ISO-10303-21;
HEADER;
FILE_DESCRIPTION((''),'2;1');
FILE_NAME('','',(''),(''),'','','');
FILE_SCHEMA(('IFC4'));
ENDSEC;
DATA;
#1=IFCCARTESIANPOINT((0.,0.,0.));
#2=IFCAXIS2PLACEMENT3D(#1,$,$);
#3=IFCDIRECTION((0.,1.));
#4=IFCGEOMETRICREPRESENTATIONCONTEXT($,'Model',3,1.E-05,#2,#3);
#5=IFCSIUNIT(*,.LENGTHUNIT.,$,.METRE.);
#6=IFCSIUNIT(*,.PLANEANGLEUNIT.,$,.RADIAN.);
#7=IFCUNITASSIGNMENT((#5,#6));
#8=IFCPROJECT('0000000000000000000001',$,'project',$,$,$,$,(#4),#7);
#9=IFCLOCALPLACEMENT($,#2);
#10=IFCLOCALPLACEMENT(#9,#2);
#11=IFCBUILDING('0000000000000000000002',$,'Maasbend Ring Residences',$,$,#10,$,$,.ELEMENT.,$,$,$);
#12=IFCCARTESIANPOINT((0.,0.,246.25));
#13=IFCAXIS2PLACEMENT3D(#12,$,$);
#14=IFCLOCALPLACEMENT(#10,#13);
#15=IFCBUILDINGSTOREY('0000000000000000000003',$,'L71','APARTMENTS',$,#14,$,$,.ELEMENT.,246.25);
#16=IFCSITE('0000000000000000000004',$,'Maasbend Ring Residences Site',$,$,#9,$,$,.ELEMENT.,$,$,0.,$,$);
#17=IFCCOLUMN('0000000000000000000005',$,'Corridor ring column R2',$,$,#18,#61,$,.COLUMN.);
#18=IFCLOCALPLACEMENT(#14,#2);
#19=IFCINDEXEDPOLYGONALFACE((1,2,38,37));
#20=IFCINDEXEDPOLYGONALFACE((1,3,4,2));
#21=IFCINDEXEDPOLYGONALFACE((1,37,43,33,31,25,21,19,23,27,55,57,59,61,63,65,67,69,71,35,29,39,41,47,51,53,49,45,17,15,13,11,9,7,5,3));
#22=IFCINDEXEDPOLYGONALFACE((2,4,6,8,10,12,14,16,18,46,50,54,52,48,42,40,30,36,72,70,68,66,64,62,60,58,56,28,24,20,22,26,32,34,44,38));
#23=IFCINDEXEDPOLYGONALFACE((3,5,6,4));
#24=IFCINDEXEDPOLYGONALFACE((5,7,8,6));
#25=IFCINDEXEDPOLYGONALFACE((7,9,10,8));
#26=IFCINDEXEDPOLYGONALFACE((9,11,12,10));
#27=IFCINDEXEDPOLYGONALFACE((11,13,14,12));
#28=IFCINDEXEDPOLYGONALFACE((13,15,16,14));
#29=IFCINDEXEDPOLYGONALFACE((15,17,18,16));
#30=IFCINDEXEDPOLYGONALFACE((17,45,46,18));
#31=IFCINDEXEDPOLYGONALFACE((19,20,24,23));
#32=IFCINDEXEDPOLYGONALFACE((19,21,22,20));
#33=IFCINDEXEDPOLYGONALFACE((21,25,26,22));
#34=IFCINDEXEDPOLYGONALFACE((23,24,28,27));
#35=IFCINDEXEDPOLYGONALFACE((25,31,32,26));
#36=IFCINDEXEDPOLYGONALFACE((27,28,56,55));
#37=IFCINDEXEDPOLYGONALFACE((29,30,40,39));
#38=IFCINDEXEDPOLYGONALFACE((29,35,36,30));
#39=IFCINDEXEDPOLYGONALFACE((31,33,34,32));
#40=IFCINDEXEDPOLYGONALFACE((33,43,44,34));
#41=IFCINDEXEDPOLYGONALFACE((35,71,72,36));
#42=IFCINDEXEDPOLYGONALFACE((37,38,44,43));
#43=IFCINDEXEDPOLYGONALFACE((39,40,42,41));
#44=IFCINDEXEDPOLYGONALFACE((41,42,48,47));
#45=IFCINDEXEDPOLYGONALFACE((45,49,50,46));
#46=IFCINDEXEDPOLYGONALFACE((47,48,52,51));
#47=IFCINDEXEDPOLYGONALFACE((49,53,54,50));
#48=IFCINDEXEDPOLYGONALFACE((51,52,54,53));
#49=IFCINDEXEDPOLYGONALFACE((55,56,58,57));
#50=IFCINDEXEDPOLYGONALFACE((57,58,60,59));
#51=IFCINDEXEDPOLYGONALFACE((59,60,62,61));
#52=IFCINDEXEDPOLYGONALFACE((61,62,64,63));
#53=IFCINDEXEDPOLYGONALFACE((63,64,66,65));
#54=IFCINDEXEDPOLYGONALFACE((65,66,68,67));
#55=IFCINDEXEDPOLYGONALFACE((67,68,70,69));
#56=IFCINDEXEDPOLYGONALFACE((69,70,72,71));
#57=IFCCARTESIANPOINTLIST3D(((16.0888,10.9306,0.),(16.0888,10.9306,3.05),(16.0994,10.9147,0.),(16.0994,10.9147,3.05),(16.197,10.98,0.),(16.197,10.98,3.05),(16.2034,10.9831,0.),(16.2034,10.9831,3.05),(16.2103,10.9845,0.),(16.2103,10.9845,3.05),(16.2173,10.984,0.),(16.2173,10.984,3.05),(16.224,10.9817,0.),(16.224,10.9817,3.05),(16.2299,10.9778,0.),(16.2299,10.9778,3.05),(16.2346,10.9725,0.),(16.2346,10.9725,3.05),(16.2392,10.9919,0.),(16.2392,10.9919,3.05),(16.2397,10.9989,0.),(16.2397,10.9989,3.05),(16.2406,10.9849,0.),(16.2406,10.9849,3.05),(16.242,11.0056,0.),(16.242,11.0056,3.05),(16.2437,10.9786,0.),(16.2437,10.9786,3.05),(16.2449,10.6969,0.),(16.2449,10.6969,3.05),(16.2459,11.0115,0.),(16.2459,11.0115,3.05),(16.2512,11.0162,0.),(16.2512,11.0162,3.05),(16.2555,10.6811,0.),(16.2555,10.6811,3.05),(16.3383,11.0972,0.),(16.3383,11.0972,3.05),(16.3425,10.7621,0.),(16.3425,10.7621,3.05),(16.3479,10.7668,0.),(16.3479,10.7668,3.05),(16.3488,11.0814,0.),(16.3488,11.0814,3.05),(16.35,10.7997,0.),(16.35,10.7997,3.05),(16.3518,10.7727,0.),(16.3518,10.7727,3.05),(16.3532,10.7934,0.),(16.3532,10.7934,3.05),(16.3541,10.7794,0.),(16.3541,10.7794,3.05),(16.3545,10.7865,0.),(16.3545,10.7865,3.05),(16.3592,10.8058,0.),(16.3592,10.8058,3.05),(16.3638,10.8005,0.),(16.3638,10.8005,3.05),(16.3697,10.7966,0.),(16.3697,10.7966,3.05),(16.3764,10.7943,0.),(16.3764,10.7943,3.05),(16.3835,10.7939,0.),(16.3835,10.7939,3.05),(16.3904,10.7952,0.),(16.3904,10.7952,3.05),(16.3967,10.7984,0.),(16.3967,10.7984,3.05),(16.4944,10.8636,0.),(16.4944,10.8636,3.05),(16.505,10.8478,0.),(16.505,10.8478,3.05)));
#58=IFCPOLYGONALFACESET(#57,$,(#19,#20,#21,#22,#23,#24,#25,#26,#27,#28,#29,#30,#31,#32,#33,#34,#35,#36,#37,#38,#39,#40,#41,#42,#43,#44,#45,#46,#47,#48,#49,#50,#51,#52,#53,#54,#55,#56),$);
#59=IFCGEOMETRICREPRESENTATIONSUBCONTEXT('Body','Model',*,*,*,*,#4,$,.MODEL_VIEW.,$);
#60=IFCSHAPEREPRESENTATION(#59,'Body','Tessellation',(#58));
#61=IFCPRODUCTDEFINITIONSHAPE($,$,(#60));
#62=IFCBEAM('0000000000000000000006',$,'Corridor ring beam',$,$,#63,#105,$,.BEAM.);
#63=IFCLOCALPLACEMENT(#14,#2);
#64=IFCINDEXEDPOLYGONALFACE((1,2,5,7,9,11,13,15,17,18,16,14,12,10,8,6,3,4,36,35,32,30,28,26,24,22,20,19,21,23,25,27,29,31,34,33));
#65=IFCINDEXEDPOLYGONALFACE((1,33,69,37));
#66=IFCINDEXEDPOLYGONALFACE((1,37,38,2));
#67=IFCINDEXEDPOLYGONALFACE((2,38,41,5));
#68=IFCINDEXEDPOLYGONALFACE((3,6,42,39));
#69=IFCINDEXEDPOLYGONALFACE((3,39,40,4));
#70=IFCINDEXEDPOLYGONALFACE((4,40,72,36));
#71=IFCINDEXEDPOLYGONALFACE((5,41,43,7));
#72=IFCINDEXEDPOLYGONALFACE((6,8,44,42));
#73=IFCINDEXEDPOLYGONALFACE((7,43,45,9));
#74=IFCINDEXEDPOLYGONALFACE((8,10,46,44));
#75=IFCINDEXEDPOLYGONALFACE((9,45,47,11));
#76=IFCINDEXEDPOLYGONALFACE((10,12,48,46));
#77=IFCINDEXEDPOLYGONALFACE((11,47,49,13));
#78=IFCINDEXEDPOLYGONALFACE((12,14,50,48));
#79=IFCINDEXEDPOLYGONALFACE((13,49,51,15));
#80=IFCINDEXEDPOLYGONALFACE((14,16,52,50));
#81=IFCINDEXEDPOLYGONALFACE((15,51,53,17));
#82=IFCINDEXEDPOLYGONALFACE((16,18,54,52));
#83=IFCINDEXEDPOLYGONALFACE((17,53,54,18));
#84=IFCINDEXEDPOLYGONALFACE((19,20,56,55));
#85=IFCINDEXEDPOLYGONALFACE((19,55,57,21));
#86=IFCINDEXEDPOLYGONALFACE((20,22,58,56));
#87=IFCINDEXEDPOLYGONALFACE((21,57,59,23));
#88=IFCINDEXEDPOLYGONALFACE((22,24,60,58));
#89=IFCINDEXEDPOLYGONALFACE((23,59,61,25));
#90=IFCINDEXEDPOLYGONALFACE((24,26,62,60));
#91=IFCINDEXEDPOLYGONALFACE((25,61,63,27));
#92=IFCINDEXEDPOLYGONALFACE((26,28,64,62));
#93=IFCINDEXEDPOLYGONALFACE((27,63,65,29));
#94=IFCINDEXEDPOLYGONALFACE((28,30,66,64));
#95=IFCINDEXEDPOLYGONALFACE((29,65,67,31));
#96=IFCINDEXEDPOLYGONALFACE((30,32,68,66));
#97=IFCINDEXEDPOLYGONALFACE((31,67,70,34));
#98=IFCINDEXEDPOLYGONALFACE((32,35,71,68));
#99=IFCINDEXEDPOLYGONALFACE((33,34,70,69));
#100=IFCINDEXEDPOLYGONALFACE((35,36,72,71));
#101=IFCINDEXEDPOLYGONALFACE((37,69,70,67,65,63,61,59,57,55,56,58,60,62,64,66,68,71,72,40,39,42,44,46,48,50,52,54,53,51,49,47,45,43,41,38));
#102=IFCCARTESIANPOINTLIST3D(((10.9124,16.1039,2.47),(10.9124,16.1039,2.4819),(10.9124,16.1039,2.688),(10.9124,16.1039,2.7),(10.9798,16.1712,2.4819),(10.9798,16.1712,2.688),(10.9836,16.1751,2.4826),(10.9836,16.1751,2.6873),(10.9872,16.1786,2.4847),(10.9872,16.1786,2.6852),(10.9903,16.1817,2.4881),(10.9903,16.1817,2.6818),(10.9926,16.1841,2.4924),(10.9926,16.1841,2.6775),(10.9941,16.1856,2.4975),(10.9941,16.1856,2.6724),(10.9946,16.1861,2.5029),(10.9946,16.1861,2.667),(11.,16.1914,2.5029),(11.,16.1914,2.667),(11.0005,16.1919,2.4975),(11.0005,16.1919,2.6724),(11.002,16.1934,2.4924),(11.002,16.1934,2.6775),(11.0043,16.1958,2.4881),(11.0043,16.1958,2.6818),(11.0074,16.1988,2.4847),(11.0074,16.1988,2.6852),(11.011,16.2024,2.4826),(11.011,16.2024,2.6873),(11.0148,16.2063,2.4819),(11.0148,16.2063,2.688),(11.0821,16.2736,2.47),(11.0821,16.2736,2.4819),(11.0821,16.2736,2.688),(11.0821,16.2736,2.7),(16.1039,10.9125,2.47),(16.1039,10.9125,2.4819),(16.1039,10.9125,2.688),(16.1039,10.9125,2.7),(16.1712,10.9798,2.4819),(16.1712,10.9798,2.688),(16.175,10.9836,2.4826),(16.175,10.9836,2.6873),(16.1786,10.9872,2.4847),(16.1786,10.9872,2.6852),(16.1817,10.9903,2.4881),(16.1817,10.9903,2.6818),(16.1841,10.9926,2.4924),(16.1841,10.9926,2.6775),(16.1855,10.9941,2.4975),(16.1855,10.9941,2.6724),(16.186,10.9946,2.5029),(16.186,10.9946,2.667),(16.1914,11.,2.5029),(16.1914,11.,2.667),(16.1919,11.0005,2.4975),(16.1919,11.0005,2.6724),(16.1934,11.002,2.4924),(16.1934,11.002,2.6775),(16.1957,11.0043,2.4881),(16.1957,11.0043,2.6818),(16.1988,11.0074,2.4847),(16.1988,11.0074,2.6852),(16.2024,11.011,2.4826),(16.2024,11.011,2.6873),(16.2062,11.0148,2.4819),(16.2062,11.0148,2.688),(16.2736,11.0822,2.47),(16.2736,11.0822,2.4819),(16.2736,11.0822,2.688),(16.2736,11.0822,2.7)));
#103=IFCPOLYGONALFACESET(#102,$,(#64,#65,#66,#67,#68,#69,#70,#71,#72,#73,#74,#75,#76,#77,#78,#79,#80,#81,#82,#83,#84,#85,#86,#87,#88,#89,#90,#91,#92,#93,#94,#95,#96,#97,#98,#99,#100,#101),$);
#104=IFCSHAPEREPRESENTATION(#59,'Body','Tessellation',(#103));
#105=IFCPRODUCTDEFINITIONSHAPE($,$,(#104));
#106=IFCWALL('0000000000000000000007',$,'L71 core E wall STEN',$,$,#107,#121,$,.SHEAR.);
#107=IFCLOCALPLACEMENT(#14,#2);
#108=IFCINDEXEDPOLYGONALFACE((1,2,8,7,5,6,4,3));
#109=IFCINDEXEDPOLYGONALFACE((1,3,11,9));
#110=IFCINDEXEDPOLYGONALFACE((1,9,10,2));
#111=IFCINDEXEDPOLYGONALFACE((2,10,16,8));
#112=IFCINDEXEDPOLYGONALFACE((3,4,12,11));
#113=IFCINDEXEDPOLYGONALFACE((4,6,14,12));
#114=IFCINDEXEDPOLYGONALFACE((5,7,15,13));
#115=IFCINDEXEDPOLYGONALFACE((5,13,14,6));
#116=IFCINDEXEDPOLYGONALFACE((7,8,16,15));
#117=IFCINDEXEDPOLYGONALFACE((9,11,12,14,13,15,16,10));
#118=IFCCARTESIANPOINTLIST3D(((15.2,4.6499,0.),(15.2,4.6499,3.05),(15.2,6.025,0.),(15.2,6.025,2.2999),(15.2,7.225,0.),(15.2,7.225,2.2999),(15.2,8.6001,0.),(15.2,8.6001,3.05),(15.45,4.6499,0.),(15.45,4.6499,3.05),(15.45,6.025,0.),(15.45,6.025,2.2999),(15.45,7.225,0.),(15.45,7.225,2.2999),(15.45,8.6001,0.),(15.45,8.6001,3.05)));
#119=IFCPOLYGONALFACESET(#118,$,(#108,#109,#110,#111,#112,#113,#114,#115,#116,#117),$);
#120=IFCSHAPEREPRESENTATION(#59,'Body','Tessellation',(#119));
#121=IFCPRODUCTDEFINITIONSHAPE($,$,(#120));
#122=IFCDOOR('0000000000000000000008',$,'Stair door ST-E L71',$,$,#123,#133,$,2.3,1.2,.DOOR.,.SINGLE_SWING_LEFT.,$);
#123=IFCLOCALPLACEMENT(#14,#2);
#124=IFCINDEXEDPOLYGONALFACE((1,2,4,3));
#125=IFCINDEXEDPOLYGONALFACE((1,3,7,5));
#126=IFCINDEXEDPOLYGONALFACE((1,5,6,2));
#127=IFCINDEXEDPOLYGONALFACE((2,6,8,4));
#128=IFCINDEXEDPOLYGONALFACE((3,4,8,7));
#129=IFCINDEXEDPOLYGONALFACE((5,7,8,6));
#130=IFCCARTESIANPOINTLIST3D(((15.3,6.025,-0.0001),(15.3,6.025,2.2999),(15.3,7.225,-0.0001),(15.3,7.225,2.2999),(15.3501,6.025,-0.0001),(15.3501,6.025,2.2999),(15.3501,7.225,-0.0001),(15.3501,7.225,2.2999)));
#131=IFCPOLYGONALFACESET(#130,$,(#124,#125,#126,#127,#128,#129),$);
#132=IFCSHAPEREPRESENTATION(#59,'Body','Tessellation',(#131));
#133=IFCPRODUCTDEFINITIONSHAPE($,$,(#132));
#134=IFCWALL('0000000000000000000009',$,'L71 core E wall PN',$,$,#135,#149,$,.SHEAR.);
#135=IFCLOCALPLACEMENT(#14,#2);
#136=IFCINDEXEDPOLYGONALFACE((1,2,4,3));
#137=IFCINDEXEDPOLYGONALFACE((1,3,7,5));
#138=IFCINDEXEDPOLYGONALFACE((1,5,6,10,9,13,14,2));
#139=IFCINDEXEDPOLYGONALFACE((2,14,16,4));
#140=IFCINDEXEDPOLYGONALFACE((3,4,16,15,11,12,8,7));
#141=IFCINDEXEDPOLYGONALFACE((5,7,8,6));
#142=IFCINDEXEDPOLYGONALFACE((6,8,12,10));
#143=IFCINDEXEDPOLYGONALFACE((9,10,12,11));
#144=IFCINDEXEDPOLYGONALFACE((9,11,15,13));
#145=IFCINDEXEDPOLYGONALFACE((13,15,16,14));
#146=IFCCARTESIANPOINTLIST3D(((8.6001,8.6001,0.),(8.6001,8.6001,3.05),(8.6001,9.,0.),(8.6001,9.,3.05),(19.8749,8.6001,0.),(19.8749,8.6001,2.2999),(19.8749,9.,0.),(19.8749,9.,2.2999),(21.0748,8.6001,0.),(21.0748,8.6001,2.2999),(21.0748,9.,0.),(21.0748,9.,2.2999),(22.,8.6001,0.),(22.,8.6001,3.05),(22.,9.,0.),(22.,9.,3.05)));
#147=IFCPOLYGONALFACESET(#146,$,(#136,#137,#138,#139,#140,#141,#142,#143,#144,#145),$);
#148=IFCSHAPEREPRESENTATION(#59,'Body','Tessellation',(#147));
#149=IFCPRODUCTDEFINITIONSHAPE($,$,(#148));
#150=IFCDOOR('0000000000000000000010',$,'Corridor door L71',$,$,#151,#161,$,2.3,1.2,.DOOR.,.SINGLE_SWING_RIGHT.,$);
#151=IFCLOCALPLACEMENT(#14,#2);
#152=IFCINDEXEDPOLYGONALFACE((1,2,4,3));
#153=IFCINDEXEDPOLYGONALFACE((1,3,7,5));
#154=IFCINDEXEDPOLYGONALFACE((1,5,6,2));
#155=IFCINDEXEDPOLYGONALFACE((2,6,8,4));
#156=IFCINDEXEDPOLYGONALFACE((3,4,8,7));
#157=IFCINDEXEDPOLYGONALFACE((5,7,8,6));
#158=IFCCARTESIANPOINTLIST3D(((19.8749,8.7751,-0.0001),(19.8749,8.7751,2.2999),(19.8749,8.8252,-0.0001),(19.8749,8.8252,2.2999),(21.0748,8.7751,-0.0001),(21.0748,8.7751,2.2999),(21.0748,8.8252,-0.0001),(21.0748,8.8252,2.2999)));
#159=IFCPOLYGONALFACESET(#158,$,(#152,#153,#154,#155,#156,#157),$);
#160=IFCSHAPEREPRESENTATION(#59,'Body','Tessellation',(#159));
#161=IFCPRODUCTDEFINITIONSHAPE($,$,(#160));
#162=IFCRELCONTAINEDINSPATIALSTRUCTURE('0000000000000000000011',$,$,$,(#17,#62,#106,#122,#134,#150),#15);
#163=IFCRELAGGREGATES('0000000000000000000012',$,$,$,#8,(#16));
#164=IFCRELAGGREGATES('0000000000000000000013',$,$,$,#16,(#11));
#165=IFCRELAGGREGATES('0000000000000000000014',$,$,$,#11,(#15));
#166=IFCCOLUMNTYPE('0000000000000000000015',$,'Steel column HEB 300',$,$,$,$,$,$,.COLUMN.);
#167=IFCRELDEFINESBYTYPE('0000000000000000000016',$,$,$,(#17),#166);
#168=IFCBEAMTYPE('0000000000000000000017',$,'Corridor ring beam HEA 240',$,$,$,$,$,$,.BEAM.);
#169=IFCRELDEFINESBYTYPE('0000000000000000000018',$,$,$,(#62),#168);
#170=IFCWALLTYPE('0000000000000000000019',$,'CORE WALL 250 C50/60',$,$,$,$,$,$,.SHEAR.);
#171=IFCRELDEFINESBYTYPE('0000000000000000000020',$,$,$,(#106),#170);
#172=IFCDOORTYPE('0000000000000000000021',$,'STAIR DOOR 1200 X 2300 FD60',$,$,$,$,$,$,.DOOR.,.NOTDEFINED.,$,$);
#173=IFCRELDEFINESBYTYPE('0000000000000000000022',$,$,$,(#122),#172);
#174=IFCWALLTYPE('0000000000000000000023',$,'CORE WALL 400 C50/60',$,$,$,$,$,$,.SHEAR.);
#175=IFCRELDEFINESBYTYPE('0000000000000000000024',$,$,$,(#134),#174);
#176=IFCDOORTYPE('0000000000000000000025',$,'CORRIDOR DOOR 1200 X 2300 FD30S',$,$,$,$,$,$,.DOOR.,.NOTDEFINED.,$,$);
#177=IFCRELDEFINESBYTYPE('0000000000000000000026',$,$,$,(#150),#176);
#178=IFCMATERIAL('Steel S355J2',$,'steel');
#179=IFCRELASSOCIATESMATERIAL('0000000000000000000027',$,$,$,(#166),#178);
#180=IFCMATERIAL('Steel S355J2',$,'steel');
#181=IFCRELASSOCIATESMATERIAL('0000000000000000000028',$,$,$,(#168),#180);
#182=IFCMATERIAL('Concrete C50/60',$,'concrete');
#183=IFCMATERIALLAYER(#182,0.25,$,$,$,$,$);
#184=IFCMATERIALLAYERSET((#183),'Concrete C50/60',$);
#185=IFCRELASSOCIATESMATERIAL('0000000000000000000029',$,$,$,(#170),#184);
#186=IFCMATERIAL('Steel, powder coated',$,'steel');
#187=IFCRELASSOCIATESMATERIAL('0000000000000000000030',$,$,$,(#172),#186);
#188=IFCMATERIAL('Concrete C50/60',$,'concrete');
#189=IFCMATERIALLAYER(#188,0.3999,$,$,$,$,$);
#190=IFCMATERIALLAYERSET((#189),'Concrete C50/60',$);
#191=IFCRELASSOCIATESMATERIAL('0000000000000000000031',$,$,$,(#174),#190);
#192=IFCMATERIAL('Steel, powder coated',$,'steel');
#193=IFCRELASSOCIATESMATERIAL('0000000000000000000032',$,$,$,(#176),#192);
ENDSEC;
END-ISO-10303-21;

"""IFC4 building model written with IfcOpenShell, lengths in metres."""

from ifc_helpers import new_model, si_unit, direction, frame, frame_2d, origin, origin_2d, place, context, subcontext, project, spatial, rectangle, i_section, extrude, material, layer, layer_set, material_profile, profile_set, type_object, element, fill, save


model = new_model("IFC4")

# Units and contexts
model_context = context("Model", 3, precision=1e-05, world=origin(), true_north=direction((0.0, 1.0)))
body_context = subcontext(model_context, "Body", "Model", "MODEL_VIEW")
ifc_project = project(units=[si_unit("LENGTHUNIT", "METRE"), si_unit("PLANEANGLEUNIT", "RADIAN")], contexts=[model_context])

# Site, building, storey
site_placement = place(None, origin())
site = spatial("IfcSite", under=ifc_project, at=site_placement, Name="Maasbend Ring Residences Site", CompositionType="ELEMENT", RefElevation=0.0)
building_placement = place(site_placement, origin())
building = spatial("IfcBuilding", under=site, at=building_placement, Name="Maasbend Ring Residences", CompositionType="ELEMENT")
storey_placement = place(building_placement, frame((0.0, 0.0, 246.25)))
storey = spatial("IfcBuildingStorey", under=building, at=storey_placement, Name="L71", Description="APARTMENTS", CompositionType="ELEMENT", Elevation=246.25)

# Column
ifc_material_1 = material(Name="Steel S355J2", Category="steel")
ifc_material_profile_1 = material_profile(ifc_material_1, i_section(OverallWidth=0.3, OverallDepth=0.3, WebThickness=0.011, FlangeThickness=0.019, FilletRadius=0.0271, at=origin_2d()), Name="HEB 300")
ifc_profile_set_1 = profile_set([ifc_material_profile_1], Name="Steel S355J2")
column_type = type_object("IfcColumnType", Name="Steel column HEB 300", PredefinedType="COLUMN", material=ifc_profile_set_1)
column_placement = place(storey_placement, frame((16.2969, 10.8892, 0.0), z_axis=(0.0, 0.0, 1.0), x_axis=(0.83147, 0.55557, 0.0)))
element("IfcColumn", 1, at=column_placement, inside=storey, type_object=column_type, Name="Corridor ring column R2", PredefinedType="COLUMN", context=body_context, shape_type="SweptSolid", body=[
    extrude(i_section(OverallWidth=0.3, OverallDepth=0.3, WebThickness=0.011, FlangeThickness=0.019, FilletRadius=0.0271, at=origin_2d()), origin(), (0.0, 0.0, 1.0), 3.05),
])

# Beam
ifc_material_2 = material(Name="Steel S355J2", Category="steel")
ifc_material_profile_2 = material_profile(ifc_material_2, i_section(OverallWidth=0.24, OverallDepth=0.23, WebThickness=0.0076, FlangeThickness=0.012, FilletRadius=0.021, at=origin_2d()), Name="HEA 240")
ifc_profile_set_2 = profile_set([ifc_material_profile_2], Name="Steel S355J2")
beam_type = type_object("IfcBeamType", Name="Corridor ring beam HEA 240", PredefinedType="BEAM", material=ifc_profile_set_2)
beam_placement = place(storey_placement, frame((16.1887, 10.9973, 2.585), z_axis=(-0.707107, 0.707107, 0.0), x_axis=(-0.707107, -0.707107, 0.0)))
element("IfcBeam", 2, at=beam_placement, inside=storey, type_object=beam_type, Name="Corridor ring beam", PredefinedType="BEAM", context=body_context, shape_type="SweptSolid", body=[
    extrude(i_section(OverallWidth=0.24, OverallDepth=0.23, WebThickness=0.0076, FlangeThickness=0.012, FilletRadius=0.021, at=origin_2d()), origin(), (0.0, 0.0, 1.0), 7.3418),
])

# Walls, openings, doors
ifc_material_3 = material(Name="Concrete C50/60", Category="concrete")
ifc_layer_1 = layer(ifc_material_3, 0.25)
ifc_layer_set_1 = layer_set([ifc_layer_1], Name="Concrete C50/60")
wall_type_1 = type_object("IfcWallType", Name="CORE WALL 250 C50/60", PredefinedType="SHEAR", material=ifc_layer_set_1)
wall_1_placement = place(storey_placement, frame((15.325, 4.6499, 0.0), z_axis=(0.0, 0.0, 1.0), x_axis=(0.0, 1.0, 0.0)))
wall_1 = element("IfcWall", 3, at=wall_1_placement, inside=storey, type_object=wall_type_1, Name="L71 core E wall STEN", PredefinedType="SHEAR", context=body_context, shape_type="SweptSolid", body=[
    extrude(rectangle(XDim=3.9502, YDim=0.25, at=frame_2d((1.9751, 0.0))), origin(), (0.0, 0.0, 1.0), 3.05),
])
opening_1_placement = place(wall_1_placement, frame((1.375, 0.0, 0.0)))
opening_1 = element("IfcOpeningElement", 4, at=opening_1_placement, cuts=wall_1, PredefinedType="OPENING", context=body_context, shape_type="SweptSolid", body=[
    extrude(rectangle(XDim=1.2, YDim=2.3, at=frame_2d((0.6001, 1.1499))), frame((0.0, 0.135, 0.0), z_axis=(0.0, -1.0, 0.0), x_axis=(1.0, 0.0, 0.0)), (0.0, 0.0, 1.0), 0.27),
])
ifc_material_4 = material(Name="Steel, powder coated", Category="steel")
door_type_1 = type_object("IfcDoorType", Name="STAIR DOOR 1200 X 2300 FD60", OperationType="NOTDEFINED", PredefinedType="DOOR", material=ifc_material_4)
door_1_placement = place(opening_1_placement, origin())
door_1 = element("IfcDoor", 5, at=door_1_placement, inside=storey, type_object=door_type_1, Name="Stair door ST-E L71", OperationType="SINGLE_SWING_LEFT", OverallHeight=2.3, OverallWidth=1.2, PredefinedType="DOOR", context=body_context, shape_type="SweptSolid", body=[
    extrude(rectangle(XDim=1.2, YDim=2.3, at=frame_2d((0.6001, 1.1499))), frame((0.0, 0.0249, 0.0), z_axis=(0.0, -1.0, 0.0), x_axis=(1.0, 0.0, 0.0)), (0.0, 0.0, 1.0), 0.05),
])
fill(opening_1, door_1)
ifc_material_5 = material(Name="Concrete C50/60", Category="concrete")
ifc_layer_2 = layer(ifc_material_5, 0.3999)
ifc_layer_set_2 = layer_set([ifc_layer_2], Name="Concrete C50/60")
wall_type_2 = type_object("IfcWallType", Name="CORE WALL 400 C50/60", PredefinedType="SHEAR", material=ifc_layer_set_2)
wall_2_placement = place(storey_placement, frame((22.0, 8.8, 0.0), z_axis=(0.0, 0.0, 1.0), x_axis=(-1.0, 0.0, 0.0)))
wall_2 = element("IfcWall", 6, at=wall_2_placement, inside=storey, type_object=wall_type_2, Name="L71 core E wall PN", PredefinedType="SHEAR", context=body_context, shape_type="SweptSolid", body=[
    extrude(rectangle(XDim=13.3999, YDim=0.3999, at=frame_2d((6.7, 0.0))), origin(), (0.0, 0.0, 1.0), 3.05),
])
opening_2_placement = place(wall_2_placement, frame((0.925, 0.0, 0.0)))
opening_2 = element("IfcOpeningElement", 7, at=opening_2_placement, cuts=wall_2, PredefinedType="OPENING", context=body_context, shape_type="SweptSolid", body=[
    extrude(rectangle(XDim=1.2, YDim=2.3, at=frame_2d((0.6001, 1.1499))), frame((0.0, 0.21, 0.0), z_axis=(0.0, -1.0, 0.0), x_axis=(1.0, 0.0, 0.0)), (0.0, 0.0, 1.0), 0.4199),
])
ifc_material_6 = material(Name="Steel, powder coated", Category="steel")
door_type_2 = type_object("IfcDoorType", Name="CORRIDOR DOOR 1200 X 2300 FD30S", OperationType="NOTDEFINED", PredefinedType="DOOR", material=ifc_material_6)
door_2_placement = place(opening_2_placement, origin())
door_2 = element("IfcDoor", 8, at=door_2_placement, inside=storey, type_object=door_type_2, Name="Corridor door L71", OperationType="SINGLE_SWING_RIGHT", OverallHeight=2.3, OverallWidth=1.2, PredefinedType="DOOR", context=body_context, shape_type="SweptSolid", body=[
    extrude(rectangle(XDim=1.2, YDim=2.3, at=frame_2d((0.6001, 1.1499))), frame((0.0, 0.0249, 0.0), z_axis=(0.0, -1.0, 0.0), x_axis=(1.0, 0.0, 0.0)), (0.0, 0.0, 1.0), 0.05),
])
fill(opening_2, door_2)

save(model, "model.ifc")
